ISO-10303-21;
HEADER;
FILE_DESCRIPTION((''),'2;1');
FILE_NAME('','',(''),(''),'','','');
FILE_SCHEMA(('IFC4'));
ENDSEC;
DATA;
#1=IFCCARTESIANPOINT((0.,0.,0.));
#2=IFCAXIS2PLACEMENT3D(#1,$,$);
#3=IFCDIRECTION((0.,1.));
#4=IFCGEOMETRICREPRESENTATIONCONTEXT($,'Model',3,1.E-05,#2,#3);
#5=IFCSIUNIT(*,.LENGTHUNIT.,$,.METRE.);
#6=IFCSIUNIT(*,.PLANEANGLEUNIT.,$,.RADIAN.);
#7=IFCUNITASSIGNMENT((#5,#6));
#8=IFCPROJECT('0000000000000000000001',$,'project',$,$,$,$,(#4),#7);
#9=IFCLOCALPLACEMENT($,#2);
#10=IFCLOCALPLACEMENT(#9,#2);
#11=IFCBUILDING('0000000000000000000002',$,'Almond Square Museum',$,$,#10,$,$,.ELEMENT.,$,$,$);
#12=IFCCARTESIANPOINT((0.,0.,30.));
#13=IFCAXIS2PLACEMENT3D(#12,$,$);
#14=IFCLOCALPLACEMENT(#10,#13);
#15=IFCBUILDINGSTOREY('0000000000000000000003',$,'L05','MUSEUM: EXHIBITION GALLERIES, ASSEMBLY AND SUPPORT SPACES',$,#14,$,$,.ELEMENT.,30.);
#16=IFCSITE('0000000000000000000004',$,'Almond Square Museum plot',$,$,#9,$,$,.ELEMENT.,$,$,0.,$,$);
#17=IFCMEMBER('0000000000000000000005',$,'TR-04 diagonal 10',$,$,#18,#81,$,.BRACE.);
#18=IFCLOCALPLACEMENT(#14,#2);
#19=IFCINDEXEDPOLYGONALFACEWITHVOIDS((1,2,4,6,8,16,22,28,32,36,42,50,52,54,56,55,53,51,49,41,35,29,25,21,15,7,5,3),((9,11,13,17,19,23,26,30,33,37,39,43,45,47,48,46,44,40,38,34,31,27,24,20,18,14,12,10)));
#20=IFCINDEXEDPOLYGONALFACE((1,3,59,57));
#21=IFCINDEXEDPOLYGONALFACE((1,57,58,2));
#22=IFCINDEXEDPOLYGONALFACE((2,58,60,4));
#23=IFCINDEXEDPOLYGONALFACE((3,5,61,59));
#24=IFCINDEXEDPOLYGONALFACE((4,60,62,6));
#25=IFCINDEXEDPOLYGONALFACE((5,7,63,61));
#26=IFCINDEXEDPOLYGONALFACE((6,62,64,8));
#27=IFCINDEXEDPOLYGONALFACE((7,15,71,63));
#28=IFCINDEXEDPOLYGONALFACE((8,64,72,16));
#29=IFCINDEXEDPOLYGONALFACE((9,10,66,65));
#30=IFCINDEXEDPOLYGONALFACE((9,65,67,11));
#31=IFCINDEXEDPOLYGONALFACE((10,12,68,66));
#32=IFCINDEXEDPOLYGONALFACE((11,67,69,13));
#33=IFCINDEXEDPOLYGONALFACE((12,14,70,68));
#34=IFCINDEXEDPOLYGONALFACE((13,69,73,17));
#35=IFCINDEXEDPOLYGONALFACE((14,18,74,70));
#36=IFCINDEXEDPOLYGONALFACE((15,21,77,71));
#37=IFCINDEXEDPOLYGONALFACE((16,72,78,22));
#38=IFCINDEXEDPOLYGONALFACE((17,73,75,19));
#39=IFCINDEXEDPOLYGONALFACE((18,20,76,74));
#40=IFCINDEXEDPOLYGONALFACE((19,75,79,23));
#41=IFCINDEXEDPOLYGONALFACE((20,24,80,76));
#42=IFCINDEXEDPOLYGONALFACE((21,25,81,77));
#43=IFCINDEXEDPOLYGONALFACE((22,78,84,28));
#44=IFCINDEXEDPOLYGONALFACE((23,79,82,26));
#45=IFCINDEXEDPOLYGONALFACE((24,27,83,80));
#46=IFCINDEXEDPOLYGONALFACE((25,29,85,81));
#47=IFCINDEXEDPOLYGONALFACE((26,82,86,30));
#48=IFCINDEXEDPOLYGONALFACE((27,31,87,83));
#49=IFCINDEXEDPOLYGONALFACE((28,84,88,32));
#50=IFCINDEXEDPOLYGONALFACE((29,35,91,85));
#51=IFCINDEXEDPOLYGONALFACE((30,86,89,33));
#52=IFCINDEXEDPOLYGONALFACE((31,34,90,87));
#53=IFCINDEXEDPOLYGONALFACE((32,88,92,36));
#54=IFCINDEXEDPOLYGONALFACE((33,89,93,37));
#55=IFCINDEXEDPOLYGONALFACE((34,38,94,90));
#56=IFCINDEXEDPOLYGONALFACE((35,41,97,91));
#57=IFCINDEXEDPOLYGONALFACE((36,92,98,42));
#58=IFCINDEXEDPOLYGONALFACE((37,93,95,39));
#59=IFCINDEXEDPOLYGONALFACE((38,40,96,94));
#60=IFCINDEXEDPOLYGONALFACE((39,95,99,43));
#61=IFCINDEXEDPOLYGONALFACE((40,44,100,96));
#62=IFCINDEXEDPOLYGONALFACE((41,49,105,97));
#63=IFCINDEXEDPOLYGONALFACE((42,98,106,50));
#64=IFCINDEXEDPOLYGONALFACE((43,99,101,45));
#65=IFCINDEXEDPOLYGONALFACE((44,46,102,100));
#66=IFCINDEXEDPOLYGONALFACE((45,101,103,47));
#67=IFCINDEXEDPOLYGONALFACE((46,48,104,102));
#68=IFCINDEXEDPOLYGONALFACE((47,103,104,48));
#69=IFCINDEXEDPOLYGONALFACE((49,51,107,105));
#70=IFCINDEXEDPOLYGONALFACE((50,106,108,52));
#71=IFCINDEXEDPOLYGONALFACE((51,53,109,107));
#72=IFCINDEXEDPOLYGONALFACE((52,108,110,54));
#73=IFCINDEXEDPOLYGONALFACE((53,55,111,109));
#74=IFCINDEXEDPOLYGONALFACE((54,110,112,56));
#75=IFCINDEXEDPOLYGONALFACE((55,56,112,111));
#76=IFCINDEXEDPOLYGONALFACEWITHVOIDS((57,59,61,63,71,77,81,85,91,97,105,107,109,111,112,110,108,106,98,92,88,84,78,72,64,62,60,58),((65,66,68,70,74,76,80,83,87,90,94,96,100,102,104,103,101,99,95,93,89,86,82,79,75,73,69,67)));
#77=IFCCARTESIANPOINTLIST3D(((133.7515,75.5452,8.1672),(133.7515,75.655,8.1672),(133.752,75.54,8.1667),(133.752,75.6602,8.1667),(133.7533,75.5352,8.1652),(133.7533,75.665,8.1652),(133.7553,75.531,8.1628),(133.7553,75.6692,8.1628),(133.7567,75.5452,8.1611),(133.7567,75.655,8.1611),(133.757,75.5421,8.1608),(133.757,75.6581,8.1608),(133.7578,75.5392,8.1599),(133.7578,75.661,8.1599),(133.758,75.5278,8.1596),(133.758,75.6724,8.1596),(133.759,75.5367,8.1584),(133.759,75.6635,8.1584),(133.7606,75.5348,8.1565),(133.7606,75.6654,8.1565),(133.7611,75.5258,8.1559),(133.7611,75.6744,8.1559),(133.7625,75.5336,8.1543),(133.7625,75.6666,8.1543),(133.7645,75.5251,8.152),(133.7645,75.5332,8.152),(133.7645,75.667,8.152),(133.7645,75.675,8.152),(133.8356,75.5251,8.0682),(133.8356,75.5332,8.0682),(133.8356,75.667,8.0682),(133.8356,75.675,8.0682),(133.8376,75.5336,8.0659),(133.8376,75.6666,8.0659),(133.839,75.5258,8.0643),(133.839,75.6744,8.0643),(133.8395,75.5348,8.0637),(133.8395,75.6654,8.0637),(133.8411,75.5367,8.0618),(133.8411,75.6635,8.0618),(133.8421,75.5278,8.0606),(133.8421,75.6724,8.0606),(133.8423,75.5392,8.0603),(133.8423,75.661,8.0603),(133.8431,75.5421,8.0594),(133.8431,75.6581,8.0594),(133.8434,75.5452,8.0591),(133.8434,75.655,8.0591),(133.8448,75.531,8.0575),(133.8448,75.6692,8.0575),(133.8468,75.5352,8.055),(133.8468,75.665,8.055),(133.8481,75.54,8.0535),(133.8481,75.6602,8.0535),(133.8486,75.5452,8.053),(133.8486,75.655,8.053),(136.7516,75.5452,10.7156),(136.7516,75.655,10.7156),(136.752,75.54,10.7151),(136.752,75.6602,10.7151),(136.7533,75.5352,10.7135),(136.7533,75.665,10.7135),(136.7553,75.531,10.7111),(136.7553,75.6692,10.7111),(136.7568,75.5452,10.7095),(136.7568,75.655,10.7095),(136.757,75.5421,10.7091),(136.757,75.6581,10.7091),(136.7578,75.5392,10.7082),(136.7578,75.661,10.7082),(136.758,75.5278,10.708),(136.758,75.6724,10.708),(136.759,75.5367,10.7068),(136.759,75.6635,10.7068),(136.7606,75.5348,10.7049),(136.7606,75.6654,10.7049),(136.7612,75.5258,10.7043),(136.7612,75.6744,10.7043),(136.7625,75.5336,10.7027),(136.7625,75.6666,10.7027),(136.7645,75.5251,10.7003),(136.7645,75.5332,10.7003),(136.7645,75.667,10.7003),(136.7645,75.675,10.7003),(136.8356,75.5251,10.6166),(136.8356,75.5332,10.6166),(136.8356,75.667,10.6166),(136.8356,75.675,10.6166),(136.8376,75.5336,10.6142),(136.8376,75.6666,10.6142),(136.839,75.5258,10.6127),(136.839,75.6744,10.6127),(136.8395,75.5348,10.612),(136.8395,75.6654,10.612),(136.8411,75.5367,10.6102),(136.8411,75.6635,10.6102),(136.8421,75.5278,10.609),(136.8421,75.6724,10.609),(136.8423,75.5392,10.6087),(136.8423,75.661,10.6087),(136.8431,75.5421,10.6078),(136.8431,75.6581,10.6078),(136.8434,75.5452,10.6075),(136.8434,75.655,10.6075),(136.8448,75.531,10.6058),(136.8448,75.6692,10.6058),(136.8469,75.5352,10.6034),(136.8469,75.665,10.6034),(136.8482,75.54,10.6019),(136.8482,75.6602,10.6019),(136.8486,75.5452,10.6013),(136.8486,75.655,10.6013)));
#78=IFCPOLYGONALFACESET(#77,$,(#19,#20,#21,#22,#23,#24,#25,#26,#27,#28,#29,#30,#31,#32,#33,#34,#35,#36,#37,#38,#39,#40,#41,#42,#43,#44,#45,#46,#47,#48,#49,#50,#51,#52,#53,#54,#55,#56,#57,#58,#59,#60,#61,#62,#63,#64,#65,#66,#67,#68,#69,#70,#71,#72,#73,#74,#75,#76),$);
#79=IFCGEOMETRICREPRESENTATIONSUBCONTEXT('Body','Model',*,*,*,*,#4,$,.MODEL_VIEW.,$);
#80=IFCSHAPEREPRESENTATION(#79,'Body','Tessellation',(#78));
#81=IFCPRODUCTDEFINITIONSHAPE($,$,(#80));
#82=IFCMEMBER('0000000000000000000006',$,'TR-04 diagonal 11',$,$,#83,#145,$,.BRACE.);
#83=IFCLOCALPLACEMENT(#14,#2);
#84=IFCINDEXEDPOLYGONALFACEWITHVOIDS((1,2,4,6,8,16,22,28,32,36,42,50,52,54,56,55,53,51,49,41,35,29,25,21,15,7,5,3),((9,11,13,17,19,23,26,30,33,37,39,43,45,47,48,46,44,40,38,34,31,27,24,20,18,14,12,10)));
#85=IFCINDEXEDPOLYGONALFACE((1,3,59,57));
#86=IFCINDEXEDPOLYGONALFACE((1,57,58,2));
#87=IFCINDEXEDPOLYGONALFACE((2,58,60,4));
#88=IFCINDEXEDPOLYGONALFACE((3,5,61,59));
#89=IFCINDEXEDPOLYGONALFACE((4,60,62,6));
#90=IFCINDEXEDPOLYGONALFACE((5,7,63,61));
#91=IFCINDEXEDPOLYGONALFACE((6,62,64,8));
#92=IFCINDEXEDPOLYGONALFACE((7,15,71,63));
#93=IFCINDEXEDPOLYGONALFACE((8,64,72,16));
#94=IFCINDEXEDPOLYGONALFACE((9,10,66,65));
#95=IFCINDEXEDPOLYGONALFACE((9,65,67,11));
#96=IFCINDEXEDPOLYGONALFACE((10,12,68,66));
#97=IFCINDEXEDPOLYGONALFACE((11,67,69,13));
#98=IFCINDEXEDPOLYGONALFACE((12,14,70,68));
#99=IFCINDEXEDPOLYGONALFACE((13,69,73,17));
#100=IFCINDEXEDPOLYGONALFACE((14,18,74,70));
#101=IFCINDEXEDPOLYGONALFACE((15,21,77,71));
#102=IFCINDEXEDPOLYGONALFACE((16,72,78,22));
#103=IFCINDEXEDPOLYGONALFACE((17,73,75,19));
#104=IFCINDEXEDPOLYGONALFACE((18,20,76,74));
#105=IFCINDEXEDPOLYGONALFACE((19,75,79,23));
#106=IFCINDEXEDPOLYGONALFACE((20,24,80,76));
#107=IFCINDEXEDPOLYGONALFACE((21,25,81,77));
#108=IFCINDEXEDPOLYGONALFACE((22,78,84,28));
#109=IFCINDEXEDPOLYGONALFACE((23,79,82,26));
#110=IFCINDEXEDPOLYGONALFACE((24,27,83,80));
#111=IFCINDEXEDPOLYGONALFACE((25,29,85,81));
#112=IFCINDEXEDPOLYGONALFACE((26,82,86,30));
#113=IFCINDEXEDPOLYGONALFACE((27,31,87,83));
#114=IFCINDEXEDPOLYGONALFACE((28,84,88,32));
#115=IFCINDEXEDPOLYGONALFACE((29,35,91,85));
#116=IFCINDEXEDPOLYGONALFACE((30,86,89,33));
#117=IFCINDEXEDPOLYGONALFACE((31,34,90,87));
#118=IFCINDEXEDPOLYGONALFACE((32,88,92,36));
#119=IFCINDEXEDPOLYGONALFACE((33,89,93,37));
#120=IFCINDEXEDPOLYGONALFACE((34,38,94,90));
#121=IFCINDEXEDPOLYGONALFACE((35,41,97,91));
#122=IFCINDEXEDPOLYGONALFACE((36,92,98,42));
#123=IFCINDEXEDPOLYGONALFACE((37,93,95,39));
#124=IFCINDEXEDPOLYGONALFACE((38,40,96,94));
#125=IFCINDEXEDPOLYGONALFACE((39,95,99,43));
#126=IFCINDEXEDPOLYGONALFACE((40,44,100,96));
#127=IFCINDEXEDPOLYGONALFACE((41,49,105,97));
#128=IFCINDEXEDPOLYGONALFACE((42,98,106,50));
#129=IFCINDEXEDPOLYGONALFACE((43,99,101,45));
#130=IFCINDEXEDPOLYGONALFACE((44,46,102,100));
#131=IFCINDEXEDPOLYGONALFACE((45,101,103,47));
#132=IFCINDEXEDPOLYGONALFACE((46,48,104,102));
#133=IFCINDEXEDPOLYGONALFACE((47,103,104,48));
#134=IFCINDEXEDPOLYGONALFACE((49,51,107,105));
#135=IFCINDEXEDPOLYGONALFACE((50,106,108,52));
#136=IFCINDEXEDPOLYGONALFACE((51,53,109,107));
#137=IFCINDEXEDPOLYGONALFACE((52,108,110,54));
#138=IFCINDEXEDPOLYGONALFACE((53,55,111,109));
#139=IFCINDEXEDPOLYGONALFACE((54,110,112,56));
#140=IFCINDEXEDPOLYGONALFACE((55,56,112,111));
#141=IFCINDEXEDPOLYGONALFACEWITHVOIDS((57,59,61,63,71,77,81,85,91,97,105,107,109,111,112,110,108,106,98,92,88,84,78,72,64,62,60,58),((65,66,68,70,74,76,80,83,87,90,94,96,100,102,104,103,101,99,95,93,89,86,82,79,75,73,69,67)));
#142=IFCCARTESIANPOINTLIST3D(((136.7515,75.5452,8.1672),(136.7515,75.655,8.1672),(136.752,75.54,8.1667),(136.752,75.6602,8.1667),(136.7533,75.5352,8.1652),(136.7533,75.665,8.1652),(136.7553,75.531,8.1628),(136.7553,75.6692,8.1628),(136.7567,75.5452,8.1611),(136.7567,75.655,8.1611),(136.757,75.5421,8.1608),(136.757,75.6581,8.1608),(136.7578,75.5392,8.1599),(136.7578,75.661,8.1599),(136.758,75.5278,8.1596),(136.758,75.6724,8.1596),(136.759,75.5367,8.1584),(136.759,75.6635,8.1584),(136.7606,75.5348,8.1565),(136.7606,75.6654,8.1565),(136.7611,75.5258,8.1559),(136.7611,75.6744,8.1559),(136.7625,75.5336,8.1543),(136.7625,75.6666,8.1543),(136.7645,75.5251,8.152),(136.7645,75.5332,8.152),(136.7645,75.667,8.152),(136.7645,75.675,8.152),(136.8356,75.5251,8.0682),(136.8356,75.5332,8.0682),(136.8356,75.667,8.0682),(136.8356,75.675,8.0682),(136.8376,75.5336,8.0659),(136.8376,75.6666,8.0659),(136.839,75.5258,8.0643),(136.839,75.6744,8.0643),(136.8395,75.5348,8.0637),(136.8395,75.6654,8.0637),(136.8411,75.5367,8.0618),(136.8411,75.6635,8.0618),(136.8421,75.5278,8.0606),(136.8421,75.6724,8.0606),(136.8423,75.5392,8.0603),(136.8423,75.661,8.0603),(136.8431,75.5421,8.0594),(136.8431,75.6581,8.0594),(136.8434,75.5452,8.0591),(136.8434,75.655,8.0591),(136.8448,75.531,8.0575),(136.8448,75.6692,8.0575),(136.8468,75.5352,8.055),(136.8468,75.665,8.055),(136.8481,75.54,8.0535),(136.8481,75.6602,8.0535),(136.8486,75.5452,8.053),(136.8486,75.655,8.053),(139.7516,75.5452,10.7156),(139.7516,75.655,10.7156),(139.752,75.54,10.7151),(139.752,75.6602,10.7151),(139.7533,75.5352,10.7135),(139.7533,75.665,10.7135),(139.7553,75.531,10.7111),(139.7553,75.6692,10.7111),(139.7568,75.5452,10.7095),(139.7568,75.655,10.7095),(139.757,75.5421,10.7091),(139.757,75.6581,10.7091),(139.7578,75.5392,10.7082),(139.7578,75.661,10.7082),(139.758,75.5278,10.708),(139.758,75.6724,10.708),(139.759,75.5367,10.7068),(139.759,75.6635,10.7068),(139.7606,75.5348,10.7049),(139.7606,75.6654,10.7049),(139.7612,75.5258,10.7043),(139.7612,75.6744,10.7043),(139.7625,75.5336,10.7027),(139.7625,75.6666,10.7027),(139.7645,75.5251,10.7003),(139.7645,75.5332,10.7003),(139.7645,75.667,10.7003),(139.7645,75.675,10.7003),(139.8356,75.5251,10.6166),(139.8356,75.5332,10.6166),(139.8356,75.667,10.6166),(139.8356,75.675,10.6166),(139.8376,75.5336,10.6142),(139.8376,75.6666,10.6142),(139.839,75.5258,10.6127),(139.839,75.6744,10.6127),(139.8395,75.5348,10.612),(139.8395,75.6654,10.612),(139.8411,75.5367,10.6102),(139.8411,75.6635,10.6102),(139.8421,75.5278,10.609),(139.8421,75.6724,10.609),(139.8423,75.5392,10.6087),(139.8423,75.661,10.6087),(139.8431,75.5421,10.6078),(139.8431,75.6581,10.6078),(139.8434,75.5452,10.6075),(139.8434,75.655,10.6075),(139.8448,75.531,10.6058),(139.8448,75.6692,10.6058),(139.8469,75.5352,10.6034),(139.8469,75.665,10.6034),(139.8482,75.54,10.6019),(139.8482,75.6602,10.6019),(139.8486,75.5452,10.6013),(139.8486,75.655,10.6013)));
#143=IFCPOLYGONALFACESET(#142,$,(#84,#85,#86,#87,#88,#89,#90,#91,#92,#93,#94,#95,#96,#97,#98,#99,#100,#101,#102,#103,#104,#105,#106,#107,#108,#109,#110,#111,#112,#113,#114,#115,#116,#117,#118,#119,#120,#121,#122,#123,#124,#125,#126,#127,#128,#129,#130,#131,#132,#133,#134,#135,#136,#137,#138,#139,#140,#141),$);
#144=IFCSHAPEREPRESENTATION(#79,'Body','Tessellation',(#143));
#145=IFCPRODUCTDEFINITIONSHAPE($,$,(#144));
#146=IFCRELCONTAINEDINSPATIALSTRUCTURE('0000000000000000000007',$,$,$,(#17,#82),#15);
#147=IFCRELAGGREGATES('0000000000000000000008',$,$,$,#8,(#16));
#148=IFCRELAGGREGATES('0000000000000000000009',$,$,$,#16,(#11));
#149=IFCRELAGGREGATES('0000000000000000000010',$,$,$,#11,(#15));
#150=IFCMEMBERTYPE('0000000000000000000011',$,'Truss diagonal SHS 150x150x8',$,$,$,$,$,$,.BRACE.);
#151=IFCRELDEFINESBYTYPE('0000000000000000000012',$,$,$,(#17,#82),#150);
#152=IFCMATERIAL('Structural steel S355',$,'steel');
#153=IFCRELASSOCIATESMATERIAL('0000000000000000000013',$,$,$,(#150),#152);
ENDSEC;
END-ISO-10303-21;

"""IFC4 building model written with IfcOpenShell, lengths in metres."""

from ifc_helpers import new_model, si_unit, direction, frame, origin, origin_2d, place, context, subcontext, project, spatial, hollow_rectangle, extrude, material, material_profile, profile_set, type_object, element, save


model = new_model("IFC4")

# Units and contexts
model_context = context("Model", 3, precision=1e-05, world=origin(), true_north=direction((0.0, 1.0)))
body_context = subcontext(model_context, "Body", "Model", "MODEL_VIEW")
ifc_project = project(units=[si_unit("LENGTHUNIT", "METRE"), si_unit("PLANEANGLEUNIT", "RADIAN")], contexts=[model_context])

# Site, building, storey
site_placement = place(None, origin())
site = spatial("IfcSite", under=ifc_project, at=site_placement, Name="Almond Square Museum plot", CompositionType="ELEMENT", RefElevation=0.0)
building_placement = place(site_placement, origin())
building = spatial("IfcBuilding", under=site, at=building_placement, Name="Almond Square Museum", CompositionType="ELEMENT")
storey_placement = place(building_placement, frame((0.0, 0.0, 30.0)))
storey = spatial("IfcBuildingStorey", under=building, at=storey_placement, Name="L05", Description="MUSEUM: EXHIBITION GALLERIES, ASSEMBLY AND SUPPORT SPACES", CompositionType="ELEMENT", Elevation=30.0)

# Members
ifc_material_1 = material(Name="Structural steel S355", Category="steel")
ifc_material_profile_1 = material_profile(ifc_material_1, hollow_rectangle(XDim=0.1499, YDim=0.1499, WallThickness=0.0081, InnerFilletRadius=0.012, OuterFilletRadius=0.02, at=origin_2d()))
ifc_profile_set_1 = profile_set([ifc_material_profile_1], Name="Structural steel S355")
member_type_1 = type_object("IfcMemberType", Name="Truss diagonal SHS 150x150x8", PredefinedType="BRACE", material=ifc_profile_set_1)
for number, where, z_axis, x_axis, name in (
    (1, (133.8, 75.6001, 8.1101), (0.762147, 0.0, 0.647404), (0.0, 1.0, 0.0), "TR-04 diagonal 10"),
    (2, (136.8, 75.6001, 8.1101), (0.762147, 0.0, 0.647404), (0.0, 1.0, 0.0), "TR-04 diagonal 11"),
):
    element("IfcMember", number, at=place(storey_placement, frame(where, z_axis=z_axis, x_axis=x_axis)), inside=storey, type_object=member_type_1, Name=name, PredefinedType="BRACE", context=body_context, shape_type="SweptSolid", body=[
        extrude(hollow_rectangle(XDim=0.1499, YDim=0.1499, WallThickness=0.0081, InnerFilletRadius=0.012, OuterFilletRadius=0.02, at=origin_2d()), origin(), (0.0, 0.0, 1.0), 3.9363),
    ])

save(model, "model.ifc")
